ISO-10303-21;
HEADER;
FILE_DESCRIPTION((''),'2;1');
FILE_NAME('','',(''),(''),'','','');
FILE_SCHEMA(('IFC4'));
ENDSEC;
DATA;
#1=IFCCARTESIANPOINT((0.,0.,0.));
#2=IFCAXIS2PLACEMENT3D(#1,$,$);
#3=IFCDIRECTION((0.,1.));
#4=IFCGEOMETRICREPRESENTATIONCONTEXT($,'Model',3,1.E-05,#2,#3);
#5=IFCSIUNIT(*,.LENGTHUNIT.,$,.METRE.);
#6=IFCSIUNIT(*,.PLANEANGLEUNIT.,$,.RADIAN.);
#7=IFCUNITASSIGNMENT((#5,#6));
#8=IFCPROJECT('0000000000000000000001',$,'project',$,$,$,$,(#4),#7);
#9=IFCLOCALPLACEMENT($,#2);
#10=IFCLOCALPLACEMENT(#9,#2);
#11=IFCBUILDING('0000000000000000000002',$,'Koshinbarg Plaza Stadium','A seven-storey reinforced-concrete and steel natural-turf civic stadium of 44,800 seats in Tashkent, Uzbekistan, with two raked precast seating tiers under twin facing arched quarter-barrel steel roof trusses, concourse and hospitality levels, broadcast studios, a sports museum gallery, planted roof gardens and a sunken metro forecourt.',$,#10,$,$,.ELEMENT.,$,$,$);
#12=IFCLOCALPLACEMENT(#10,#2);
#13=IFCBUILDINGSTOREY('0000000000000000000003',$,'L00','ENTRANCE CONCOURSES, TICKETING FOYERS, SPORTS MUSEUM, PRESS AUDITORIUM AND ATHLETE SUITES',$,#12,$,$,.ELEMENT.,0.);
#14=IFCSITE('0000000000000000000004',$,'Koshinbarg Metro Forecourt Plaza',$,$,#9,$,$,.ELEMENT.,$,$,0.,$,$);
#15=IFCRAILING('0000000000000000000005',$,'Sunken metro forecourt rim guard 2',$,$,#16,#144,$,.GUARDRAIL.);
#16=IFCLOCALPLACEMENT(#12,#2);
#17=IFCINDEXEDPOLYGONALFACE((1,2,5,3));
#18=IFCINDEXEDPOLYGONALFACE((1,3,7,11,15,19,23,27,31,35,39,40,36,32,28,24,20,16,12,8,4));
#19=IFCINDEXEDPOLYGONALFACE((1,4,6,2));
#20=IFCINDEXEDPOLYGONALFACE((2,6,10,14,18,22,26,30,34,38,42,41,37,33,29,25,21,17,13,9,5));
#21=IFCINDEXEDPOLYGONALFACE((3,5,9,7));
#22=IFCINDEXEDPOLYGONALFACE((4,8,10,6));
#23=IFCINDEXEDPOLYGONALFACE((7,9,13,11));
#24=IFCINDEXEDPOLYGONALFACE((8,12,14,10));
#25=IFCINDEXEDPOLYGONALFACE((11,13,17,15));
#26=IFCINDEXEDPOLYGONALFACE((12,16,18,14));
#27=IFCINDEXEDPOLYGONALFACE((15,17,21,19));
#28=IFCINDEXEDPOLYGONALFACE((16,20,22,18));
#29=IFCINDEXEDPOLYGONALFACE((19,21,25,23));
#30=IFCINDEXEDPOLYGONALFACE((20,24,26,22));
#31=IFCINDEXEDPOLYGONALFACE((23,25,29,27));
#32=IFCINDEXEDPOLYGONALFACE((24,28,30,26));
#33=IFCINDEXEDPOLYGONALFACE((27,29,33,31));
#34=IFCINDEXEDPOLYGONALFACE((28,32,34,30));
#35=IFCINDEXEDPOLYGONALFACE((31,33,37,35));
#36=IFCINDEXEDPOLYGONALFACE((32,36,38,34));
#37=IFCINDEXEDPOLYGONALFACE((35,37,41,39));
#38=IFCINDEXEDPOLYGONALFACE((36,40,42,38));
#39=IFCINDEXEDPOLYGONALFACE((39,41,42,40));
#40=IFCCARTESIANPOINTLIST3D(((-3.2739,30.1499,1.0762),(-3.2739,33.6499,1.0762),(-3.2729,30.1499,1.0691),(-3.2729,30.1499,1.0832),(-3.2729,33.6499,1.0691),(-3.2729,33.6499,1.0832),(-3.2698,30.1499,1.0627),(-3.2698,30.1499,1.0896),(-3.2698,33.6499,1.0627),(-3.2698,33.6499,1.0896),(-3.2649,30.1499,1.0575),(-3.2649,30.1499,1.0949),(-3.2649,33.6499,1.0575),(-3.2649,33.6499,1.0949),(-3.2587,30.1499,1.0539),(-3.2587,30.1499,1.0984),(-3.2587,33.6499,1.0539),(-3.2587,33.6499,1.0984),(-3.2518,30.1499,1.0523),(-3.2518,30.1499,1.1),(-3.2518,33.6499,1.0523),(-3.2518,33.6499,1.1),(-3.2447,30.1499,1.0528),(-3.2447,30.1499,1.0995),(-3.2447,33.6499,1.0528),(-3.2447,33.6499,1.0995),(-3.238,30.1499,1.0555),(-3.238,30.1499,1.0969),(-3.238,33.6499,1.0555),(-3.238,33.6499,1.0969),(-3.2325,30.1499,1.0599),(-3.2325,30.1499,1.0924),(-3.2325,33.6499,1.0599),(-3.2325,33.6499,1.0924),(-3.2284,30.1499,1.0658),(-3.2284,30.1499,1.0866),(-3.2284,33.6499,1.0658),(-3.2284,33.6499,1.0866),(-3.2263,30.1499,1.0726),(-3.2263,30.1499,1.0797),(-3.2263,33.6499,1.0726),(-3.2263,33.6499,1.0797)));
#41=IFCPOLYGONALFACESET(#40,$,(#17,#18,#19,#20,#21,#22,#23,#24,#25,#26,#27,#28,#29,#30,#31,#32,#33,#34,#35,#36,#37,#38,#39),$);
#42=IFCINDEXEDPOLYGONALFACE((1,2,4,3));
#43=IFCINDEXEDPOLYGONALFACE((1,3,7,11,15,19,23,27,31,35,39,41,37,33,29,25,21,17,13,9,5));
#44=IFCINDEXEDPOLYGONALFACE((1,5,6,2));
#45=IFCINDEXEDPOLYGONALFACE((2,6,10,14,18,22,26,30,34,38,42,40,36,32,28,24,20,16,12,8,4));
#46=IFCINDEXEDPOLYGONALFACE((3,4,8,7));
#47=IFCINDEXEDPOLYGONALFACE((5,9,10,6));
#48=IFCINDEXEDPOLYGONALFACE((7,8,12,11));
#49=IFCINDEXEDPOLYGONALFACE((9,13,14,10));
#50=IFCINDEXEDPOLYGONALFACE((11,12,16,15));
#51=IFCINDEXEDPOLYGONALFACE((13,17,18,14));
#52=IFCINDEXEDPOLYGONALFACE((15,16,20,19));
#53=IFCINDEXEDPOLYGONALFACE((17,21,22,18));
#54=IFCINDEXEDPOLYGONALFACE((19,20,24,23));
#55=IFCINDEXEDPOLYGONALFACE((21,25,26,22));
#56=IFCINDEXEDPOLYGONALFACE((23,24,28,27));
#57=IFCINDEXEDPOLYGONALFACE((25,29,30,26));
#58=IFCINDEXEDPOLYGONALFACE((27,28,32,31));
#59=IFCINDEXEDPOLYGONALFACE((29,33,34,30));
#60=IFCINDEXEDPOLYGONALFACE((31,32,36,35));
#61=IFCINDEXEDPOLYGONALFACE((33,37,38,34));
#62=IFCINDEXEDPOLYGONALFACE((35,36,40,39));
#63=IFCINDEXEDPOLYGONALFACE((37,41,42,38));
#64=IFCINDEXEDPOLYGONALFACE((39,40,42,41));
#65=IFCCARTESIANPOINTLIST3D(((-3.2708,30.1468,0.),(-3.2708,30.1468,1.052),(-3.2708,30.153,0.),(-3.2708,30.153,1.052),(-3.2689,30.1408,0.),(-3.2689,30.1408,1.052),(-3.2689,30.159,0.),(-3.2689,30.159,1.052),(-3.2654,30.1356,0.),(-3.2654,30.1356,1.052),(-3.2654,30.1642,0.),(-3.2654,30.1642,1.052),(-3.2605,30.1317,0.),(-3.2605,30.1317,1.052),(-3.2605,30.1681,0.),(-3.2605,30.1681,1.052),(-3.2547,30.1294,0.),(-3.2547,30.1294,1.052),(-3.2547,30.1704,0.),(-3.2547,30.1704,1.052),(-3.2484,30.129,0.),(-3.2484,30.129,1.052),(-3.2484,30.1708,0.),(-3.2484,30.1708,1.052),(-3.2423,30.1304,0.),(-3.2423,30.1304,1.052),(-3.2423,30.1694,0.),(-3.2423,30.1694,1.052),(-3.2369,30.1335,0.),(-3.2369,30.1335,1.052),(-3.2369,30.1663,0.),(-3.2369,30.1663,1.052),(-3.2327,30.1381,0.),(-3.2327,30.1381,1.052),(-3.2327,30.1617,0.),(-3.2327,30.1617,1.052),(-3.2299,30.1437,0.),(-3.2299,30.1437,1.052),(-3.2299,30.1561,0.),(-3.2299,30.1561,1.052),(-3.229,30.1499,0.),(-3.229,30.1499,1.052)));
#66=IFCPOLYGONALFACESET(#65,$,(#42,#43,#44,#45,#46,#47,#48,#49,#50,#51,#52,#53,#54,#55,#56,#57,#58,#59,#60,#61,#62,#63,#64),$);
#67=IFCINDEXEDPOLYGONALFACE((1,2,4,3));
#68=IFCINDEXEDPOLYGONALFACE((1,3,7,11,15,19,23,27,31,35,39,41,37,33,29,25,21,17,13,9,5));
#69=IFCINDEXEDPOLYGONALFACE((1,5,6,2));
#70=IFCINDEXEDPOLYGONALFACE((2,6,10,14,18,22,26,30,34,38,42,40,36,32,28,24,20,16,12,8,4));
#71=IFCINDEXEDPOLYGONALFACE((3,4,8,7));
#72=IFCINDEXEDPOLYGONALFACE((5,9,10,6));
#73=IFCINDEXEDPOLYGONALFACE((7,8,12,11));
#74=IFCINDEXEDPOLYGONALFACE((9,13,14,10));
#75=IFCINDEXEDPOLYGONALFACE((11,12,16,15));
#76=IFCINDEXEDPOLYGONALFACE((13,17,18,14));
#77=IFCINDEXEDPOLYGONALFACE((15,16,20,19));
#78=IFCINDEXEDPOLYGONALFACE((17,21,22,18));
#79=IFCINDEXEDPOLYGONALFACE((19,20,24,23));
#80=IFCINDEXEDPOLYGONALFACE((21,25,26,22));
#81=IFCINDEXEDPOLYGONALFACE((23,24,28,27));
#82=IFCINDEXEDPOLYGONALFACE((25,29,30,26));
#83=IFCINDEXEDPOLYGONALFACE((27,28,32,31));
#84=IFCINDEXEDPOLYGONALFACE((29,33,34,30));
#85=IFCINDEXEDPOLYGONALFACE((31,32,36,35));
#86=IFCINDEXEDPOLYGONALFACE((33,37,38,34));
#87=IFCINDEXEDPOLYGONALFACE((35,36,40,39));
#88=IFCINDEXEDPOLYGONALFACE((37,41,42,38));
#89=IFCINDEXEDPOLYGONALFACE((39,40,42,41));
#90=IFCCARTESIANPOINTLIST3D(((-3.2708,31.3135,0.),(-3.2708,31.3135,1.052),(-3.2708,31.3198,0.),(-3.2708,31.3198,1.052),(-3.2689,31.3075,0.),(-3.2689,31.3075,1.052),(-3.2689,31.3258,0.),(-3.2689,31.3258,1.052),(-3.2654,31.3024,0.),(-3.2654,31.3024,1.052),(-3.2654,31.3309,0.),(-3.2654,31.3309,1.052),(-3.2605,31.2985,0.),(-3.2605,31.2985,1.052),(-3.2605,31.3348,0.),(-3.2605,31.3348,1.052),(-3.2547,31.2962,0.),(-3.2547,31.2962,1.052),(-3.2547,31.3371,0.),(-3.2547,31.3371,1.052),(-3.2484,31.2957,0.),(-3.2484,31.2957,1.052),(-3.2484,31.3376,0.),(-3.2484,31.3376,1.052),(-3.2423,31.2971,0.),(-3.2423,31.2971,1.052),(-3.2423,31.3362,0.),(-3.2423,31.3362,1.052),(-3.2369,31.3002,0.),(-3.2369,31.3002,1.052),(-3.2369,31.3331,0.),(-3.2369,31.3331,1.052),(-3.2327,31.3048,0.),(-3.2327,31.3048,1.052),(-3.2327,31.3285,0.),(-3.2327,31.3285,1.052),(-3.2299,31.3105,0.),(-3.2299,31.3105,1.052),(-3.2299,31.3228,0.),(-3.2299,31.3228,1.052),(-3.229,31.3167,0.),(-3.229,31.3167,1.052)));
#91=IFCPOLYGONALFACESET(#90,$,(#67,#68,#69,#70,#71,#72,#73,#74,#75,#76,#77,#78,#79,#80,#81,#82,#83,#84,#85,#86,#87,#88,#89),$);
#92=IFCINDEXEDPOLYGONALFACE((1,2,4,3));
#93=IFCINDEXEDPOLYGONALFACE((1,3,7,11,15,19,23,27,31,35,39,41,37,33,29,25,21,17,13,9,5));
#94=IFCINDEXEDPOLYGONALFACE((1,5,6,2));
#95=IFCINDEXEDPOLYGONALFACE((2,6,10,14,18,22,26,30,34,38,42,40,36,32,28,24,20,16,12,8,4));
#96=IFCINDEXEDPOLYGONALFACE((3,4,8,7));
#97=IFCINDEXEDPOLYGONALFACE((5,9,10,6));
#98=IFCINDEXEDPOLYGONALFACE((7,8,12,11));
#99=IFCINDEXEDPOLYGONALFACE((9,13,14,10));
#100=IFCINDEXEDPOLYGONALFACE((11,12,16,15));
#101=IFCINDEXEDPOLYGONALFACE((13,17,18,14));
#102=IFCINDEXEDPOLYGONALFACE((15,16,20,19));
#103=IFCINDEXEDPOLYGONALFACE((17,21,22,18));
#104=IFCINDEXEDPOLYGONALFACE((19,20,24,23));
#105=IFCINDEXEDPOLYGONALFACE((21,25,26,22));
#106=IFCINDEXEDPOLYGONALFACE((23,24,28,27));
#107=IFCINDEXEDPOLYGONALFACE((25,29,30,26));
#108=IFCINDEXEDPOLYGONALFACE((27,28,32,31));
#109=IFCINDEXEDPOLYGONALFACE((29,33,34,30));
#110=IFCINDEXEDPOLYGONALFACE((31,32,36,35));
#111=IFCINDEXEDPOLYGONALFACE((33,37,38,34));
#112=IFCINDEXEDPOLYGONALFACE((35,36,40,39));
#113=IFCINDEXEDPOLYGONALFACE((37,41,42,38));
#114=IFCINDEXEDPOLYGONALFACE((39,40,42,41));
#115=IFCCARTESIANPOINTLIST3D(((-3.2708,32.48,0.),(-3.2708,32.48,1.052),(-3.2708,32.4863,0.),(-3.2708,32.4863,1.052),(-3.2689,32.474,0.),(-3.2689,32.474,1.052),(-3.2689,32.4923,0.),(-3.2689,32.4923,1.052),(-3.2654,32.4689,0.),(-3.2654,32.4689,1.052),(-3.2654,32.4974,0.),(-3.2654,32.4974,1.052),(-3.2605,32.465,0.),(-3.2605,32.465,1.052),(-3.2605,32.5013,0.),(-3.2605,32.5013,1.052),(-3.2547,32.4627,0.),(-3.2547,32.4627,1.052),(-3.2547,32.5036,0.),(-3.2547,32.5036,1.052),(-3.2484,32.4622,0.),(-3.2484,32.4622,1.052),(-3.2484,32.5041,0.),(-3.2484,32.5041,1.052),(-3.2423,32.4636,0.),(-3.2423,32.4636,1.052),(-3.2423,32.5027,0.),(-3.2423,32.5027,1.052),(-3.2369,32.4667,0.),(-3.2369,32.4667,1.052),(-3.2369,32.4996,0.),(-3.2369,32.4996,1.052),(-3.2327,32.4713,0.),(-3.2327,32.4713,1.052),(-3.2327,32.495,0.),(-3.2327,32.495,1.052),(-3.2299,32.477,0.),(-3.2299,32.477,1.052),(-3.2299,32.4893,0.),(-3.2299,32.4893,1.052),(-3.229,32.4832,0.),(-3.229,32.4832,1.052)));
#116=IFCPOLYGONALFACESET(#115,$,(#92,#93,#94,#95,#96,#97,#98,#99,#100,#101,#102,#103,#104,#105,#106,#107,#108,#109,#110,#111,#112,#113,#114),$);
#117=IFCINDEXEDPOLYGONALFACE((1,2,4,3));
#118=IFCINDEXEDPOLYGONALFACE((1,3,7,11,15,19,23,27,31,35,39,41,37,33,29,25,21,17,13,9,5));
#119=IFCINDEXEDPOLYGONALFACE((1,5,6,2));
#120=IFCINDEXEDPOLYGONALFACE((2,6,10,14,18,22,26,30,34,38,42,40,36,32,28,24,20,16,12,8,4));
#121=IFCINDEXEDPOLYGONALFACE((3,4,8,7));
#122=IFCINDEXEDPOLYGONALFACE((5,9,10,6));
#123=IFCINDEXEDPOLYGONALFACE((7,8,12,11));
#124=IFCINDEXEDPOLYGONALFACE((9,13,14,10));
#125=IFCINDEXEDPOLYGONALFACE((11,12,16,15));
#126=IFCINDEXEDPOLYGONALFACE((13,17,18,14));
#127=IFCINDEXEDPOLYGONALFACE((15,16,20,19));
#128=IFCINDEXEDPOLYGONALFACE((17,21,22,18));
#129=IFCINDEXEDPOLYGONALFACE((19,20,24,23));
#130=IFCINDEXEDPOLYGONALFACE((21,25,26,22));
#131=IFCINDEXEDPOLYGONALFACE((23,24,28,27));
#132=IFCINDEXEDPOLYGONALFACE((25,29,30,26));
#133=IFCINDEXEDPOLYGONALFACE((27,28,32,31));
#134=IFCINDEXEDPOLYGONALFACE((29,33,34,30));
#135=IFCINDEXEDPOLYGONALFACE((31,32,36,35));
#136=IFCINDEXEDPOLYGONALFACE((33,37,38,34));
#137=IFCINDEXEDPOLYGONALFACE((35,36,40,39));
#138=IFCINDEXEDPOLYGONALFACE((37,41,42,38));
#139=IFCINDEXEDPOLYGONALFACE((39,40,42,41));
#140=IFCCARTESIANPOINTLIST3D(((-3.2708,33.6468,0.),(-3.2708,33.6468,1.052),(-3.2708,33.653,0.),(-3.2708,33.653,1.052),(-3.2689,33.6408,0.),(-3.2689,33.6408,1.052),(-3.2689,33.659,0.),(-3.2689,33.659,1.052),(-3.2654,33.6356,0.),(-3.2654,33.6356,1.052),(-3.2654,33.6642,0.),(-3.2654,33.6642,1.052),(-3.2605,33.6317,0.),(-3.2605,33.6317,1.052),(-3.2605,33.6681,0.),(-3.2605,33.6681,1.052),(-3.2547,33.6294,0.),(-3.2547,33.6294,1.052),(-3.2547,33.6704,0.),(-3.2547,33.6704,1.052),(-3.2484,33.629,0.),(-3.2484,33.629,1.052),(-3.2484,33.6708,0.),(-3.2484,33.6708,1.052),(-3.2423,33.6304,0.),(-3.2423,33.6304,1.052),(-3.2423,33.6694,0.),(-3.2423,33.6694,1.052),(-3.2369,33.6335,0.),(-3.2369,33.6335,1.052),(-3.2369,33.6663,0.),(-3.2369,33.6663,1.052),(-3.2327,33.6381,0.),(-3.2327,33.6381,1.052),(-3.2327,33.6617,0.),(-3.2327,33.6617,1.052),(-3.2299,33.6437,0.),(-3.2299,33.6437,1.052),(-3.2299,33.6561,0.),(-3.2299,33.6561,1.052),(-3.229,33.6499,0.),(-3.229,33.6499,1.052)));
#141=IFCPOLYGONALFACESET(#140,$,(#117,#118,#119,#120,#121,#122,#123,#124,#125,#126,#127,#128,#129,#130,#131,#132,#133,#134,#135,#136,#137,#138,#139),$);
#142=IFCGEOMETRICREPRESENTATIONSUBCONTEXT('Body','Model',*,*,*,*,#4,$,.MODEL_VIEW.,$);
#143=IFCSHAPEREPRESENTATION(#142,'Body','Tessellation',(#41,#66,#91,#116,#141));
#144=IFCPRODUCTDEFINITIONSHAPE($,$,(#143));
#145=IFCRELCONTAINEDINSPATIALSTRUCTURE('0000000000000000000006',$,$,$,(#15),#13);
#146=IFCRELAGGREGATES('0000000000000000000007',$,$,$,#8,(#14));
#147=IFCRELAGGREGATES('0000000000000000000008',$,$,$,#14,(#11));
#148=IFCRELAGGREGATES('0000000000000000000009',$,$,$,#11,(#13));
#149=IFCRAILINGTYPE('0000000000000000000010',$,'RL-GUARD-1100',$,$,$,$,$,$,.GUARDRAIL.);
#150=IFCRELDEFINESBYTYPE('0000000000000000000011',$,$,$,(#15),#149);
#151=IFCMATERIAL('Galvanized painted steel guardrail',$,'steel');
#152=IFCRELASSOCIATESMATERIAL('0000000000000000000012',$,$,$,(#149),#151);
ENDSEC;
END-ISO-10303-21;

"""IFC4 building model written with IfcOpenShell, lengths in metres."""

from ifc_helpers import new_model, si_unit, direction, frame, origin, origin_2d, place, context, subcontext, project, spatial, circle, extrude, material, type_object, element, save


model = new_model("IFC4")

# Units and contexts
model_context = context("Model", 3, precision=1e-05, world=origin(), true_north=direction((0.0, 1.0)))
body_context = subcontext(model_context, "Body", "Model", "MODEL_VIEW")
ifc_project = project(units=[si_unit("LENGTHUNIT", "METRE"), si_unit("PLANEANGLEUNIT", "RADIAN")], contexts=[model_context])

# Site, building, storey
site_placement = place(None, origin())
site = spatial("IfcSite", under=ifc_project, at=site_placement, Name="Koshinbarg Metro Forecourt Plaza", CompositionType="ELEMENT", RefElevation=0.0)
building_placement = place(site_placement, origin())
building = spatial("IfcBuilding", under=site, at=building_placement, Name="Koshinbarg Plaza Stadium", Description="A seven-storey reinforced-concrete and steel natural-turf civic stadium of 44,800 seats in Tashkent, Uzbekistan, with two raked precast seating tiers under twin facing arched quarter-barrel steel roof trusses, concourse and hospitality levels, broadcast studios, a sports museum gallery, planted roof gardens and a sunken metro forecourt.", CompositionType="ELEMENT")
storey_placement = place(building_placement, origin())
storey = spatial("IfcBuildingStorey", under=building, at=storey_placement, Name="L00", Description="ENTRANCE CONCOURSES, TICKETING FOYERS, SPORTS MUSEUM, PRESS AUDITORIUM AND ATHLETE SUITES", CompositionType="ELEMENT", Elevation=0.0)

# Railing
ifc_material_1 = material(Name="Galvanized painted steel guardrail", Category="steel")
railing_type = type_object("IfcRailingType", Name="RL-GUARD-1100", PredefinedType="GUARDRAIL", material=ifc_material_1)
railing_1_placement = place(storey_placement, frame((-3.25, 30.1499, 0.0)))
element("IfcRailing", 1, at=railing_1_placement, inside=storey, type_object=railing_type, Name="Sunken metro forecourt rim guard 2", PredefinedType="GUARDRAIL", context=body_context, shape_type="SweptSolid", body=[
    extrude(circle(Radius=0.0239, at=origin_2d()), frame((0.0, 0.0, 1.0762), z_axis=(0.0, 1.0, 0.0), x_axis=(-1.0, 0.0, 0.0)), (0.0, 0.0, 1.0), 3.5),
    extrude(circle(Radius=0.021, at=origin_2d()), origin(), (0.0, 0.0, 1.0), 1.052),
    extrude(circle(Radius=0.021, at=origin_2d()), frame((0.0, 1.1667, 0.0)), (0.0, 0.0, 1.0), 1.052),
    extrude(circle(Radius=0.021, at=origin_2d()), frame((0.0, 2.3333, 0.0)), (0.0, 0.0, 1.0), 1.052),
    extrude(circle(Radius=0.021, at=origin_2d()), frame((0.0, 3.5, 0.0)), (0.0, 0.0, 1.0), 1.052),
])

save(model, "model.ifc")
